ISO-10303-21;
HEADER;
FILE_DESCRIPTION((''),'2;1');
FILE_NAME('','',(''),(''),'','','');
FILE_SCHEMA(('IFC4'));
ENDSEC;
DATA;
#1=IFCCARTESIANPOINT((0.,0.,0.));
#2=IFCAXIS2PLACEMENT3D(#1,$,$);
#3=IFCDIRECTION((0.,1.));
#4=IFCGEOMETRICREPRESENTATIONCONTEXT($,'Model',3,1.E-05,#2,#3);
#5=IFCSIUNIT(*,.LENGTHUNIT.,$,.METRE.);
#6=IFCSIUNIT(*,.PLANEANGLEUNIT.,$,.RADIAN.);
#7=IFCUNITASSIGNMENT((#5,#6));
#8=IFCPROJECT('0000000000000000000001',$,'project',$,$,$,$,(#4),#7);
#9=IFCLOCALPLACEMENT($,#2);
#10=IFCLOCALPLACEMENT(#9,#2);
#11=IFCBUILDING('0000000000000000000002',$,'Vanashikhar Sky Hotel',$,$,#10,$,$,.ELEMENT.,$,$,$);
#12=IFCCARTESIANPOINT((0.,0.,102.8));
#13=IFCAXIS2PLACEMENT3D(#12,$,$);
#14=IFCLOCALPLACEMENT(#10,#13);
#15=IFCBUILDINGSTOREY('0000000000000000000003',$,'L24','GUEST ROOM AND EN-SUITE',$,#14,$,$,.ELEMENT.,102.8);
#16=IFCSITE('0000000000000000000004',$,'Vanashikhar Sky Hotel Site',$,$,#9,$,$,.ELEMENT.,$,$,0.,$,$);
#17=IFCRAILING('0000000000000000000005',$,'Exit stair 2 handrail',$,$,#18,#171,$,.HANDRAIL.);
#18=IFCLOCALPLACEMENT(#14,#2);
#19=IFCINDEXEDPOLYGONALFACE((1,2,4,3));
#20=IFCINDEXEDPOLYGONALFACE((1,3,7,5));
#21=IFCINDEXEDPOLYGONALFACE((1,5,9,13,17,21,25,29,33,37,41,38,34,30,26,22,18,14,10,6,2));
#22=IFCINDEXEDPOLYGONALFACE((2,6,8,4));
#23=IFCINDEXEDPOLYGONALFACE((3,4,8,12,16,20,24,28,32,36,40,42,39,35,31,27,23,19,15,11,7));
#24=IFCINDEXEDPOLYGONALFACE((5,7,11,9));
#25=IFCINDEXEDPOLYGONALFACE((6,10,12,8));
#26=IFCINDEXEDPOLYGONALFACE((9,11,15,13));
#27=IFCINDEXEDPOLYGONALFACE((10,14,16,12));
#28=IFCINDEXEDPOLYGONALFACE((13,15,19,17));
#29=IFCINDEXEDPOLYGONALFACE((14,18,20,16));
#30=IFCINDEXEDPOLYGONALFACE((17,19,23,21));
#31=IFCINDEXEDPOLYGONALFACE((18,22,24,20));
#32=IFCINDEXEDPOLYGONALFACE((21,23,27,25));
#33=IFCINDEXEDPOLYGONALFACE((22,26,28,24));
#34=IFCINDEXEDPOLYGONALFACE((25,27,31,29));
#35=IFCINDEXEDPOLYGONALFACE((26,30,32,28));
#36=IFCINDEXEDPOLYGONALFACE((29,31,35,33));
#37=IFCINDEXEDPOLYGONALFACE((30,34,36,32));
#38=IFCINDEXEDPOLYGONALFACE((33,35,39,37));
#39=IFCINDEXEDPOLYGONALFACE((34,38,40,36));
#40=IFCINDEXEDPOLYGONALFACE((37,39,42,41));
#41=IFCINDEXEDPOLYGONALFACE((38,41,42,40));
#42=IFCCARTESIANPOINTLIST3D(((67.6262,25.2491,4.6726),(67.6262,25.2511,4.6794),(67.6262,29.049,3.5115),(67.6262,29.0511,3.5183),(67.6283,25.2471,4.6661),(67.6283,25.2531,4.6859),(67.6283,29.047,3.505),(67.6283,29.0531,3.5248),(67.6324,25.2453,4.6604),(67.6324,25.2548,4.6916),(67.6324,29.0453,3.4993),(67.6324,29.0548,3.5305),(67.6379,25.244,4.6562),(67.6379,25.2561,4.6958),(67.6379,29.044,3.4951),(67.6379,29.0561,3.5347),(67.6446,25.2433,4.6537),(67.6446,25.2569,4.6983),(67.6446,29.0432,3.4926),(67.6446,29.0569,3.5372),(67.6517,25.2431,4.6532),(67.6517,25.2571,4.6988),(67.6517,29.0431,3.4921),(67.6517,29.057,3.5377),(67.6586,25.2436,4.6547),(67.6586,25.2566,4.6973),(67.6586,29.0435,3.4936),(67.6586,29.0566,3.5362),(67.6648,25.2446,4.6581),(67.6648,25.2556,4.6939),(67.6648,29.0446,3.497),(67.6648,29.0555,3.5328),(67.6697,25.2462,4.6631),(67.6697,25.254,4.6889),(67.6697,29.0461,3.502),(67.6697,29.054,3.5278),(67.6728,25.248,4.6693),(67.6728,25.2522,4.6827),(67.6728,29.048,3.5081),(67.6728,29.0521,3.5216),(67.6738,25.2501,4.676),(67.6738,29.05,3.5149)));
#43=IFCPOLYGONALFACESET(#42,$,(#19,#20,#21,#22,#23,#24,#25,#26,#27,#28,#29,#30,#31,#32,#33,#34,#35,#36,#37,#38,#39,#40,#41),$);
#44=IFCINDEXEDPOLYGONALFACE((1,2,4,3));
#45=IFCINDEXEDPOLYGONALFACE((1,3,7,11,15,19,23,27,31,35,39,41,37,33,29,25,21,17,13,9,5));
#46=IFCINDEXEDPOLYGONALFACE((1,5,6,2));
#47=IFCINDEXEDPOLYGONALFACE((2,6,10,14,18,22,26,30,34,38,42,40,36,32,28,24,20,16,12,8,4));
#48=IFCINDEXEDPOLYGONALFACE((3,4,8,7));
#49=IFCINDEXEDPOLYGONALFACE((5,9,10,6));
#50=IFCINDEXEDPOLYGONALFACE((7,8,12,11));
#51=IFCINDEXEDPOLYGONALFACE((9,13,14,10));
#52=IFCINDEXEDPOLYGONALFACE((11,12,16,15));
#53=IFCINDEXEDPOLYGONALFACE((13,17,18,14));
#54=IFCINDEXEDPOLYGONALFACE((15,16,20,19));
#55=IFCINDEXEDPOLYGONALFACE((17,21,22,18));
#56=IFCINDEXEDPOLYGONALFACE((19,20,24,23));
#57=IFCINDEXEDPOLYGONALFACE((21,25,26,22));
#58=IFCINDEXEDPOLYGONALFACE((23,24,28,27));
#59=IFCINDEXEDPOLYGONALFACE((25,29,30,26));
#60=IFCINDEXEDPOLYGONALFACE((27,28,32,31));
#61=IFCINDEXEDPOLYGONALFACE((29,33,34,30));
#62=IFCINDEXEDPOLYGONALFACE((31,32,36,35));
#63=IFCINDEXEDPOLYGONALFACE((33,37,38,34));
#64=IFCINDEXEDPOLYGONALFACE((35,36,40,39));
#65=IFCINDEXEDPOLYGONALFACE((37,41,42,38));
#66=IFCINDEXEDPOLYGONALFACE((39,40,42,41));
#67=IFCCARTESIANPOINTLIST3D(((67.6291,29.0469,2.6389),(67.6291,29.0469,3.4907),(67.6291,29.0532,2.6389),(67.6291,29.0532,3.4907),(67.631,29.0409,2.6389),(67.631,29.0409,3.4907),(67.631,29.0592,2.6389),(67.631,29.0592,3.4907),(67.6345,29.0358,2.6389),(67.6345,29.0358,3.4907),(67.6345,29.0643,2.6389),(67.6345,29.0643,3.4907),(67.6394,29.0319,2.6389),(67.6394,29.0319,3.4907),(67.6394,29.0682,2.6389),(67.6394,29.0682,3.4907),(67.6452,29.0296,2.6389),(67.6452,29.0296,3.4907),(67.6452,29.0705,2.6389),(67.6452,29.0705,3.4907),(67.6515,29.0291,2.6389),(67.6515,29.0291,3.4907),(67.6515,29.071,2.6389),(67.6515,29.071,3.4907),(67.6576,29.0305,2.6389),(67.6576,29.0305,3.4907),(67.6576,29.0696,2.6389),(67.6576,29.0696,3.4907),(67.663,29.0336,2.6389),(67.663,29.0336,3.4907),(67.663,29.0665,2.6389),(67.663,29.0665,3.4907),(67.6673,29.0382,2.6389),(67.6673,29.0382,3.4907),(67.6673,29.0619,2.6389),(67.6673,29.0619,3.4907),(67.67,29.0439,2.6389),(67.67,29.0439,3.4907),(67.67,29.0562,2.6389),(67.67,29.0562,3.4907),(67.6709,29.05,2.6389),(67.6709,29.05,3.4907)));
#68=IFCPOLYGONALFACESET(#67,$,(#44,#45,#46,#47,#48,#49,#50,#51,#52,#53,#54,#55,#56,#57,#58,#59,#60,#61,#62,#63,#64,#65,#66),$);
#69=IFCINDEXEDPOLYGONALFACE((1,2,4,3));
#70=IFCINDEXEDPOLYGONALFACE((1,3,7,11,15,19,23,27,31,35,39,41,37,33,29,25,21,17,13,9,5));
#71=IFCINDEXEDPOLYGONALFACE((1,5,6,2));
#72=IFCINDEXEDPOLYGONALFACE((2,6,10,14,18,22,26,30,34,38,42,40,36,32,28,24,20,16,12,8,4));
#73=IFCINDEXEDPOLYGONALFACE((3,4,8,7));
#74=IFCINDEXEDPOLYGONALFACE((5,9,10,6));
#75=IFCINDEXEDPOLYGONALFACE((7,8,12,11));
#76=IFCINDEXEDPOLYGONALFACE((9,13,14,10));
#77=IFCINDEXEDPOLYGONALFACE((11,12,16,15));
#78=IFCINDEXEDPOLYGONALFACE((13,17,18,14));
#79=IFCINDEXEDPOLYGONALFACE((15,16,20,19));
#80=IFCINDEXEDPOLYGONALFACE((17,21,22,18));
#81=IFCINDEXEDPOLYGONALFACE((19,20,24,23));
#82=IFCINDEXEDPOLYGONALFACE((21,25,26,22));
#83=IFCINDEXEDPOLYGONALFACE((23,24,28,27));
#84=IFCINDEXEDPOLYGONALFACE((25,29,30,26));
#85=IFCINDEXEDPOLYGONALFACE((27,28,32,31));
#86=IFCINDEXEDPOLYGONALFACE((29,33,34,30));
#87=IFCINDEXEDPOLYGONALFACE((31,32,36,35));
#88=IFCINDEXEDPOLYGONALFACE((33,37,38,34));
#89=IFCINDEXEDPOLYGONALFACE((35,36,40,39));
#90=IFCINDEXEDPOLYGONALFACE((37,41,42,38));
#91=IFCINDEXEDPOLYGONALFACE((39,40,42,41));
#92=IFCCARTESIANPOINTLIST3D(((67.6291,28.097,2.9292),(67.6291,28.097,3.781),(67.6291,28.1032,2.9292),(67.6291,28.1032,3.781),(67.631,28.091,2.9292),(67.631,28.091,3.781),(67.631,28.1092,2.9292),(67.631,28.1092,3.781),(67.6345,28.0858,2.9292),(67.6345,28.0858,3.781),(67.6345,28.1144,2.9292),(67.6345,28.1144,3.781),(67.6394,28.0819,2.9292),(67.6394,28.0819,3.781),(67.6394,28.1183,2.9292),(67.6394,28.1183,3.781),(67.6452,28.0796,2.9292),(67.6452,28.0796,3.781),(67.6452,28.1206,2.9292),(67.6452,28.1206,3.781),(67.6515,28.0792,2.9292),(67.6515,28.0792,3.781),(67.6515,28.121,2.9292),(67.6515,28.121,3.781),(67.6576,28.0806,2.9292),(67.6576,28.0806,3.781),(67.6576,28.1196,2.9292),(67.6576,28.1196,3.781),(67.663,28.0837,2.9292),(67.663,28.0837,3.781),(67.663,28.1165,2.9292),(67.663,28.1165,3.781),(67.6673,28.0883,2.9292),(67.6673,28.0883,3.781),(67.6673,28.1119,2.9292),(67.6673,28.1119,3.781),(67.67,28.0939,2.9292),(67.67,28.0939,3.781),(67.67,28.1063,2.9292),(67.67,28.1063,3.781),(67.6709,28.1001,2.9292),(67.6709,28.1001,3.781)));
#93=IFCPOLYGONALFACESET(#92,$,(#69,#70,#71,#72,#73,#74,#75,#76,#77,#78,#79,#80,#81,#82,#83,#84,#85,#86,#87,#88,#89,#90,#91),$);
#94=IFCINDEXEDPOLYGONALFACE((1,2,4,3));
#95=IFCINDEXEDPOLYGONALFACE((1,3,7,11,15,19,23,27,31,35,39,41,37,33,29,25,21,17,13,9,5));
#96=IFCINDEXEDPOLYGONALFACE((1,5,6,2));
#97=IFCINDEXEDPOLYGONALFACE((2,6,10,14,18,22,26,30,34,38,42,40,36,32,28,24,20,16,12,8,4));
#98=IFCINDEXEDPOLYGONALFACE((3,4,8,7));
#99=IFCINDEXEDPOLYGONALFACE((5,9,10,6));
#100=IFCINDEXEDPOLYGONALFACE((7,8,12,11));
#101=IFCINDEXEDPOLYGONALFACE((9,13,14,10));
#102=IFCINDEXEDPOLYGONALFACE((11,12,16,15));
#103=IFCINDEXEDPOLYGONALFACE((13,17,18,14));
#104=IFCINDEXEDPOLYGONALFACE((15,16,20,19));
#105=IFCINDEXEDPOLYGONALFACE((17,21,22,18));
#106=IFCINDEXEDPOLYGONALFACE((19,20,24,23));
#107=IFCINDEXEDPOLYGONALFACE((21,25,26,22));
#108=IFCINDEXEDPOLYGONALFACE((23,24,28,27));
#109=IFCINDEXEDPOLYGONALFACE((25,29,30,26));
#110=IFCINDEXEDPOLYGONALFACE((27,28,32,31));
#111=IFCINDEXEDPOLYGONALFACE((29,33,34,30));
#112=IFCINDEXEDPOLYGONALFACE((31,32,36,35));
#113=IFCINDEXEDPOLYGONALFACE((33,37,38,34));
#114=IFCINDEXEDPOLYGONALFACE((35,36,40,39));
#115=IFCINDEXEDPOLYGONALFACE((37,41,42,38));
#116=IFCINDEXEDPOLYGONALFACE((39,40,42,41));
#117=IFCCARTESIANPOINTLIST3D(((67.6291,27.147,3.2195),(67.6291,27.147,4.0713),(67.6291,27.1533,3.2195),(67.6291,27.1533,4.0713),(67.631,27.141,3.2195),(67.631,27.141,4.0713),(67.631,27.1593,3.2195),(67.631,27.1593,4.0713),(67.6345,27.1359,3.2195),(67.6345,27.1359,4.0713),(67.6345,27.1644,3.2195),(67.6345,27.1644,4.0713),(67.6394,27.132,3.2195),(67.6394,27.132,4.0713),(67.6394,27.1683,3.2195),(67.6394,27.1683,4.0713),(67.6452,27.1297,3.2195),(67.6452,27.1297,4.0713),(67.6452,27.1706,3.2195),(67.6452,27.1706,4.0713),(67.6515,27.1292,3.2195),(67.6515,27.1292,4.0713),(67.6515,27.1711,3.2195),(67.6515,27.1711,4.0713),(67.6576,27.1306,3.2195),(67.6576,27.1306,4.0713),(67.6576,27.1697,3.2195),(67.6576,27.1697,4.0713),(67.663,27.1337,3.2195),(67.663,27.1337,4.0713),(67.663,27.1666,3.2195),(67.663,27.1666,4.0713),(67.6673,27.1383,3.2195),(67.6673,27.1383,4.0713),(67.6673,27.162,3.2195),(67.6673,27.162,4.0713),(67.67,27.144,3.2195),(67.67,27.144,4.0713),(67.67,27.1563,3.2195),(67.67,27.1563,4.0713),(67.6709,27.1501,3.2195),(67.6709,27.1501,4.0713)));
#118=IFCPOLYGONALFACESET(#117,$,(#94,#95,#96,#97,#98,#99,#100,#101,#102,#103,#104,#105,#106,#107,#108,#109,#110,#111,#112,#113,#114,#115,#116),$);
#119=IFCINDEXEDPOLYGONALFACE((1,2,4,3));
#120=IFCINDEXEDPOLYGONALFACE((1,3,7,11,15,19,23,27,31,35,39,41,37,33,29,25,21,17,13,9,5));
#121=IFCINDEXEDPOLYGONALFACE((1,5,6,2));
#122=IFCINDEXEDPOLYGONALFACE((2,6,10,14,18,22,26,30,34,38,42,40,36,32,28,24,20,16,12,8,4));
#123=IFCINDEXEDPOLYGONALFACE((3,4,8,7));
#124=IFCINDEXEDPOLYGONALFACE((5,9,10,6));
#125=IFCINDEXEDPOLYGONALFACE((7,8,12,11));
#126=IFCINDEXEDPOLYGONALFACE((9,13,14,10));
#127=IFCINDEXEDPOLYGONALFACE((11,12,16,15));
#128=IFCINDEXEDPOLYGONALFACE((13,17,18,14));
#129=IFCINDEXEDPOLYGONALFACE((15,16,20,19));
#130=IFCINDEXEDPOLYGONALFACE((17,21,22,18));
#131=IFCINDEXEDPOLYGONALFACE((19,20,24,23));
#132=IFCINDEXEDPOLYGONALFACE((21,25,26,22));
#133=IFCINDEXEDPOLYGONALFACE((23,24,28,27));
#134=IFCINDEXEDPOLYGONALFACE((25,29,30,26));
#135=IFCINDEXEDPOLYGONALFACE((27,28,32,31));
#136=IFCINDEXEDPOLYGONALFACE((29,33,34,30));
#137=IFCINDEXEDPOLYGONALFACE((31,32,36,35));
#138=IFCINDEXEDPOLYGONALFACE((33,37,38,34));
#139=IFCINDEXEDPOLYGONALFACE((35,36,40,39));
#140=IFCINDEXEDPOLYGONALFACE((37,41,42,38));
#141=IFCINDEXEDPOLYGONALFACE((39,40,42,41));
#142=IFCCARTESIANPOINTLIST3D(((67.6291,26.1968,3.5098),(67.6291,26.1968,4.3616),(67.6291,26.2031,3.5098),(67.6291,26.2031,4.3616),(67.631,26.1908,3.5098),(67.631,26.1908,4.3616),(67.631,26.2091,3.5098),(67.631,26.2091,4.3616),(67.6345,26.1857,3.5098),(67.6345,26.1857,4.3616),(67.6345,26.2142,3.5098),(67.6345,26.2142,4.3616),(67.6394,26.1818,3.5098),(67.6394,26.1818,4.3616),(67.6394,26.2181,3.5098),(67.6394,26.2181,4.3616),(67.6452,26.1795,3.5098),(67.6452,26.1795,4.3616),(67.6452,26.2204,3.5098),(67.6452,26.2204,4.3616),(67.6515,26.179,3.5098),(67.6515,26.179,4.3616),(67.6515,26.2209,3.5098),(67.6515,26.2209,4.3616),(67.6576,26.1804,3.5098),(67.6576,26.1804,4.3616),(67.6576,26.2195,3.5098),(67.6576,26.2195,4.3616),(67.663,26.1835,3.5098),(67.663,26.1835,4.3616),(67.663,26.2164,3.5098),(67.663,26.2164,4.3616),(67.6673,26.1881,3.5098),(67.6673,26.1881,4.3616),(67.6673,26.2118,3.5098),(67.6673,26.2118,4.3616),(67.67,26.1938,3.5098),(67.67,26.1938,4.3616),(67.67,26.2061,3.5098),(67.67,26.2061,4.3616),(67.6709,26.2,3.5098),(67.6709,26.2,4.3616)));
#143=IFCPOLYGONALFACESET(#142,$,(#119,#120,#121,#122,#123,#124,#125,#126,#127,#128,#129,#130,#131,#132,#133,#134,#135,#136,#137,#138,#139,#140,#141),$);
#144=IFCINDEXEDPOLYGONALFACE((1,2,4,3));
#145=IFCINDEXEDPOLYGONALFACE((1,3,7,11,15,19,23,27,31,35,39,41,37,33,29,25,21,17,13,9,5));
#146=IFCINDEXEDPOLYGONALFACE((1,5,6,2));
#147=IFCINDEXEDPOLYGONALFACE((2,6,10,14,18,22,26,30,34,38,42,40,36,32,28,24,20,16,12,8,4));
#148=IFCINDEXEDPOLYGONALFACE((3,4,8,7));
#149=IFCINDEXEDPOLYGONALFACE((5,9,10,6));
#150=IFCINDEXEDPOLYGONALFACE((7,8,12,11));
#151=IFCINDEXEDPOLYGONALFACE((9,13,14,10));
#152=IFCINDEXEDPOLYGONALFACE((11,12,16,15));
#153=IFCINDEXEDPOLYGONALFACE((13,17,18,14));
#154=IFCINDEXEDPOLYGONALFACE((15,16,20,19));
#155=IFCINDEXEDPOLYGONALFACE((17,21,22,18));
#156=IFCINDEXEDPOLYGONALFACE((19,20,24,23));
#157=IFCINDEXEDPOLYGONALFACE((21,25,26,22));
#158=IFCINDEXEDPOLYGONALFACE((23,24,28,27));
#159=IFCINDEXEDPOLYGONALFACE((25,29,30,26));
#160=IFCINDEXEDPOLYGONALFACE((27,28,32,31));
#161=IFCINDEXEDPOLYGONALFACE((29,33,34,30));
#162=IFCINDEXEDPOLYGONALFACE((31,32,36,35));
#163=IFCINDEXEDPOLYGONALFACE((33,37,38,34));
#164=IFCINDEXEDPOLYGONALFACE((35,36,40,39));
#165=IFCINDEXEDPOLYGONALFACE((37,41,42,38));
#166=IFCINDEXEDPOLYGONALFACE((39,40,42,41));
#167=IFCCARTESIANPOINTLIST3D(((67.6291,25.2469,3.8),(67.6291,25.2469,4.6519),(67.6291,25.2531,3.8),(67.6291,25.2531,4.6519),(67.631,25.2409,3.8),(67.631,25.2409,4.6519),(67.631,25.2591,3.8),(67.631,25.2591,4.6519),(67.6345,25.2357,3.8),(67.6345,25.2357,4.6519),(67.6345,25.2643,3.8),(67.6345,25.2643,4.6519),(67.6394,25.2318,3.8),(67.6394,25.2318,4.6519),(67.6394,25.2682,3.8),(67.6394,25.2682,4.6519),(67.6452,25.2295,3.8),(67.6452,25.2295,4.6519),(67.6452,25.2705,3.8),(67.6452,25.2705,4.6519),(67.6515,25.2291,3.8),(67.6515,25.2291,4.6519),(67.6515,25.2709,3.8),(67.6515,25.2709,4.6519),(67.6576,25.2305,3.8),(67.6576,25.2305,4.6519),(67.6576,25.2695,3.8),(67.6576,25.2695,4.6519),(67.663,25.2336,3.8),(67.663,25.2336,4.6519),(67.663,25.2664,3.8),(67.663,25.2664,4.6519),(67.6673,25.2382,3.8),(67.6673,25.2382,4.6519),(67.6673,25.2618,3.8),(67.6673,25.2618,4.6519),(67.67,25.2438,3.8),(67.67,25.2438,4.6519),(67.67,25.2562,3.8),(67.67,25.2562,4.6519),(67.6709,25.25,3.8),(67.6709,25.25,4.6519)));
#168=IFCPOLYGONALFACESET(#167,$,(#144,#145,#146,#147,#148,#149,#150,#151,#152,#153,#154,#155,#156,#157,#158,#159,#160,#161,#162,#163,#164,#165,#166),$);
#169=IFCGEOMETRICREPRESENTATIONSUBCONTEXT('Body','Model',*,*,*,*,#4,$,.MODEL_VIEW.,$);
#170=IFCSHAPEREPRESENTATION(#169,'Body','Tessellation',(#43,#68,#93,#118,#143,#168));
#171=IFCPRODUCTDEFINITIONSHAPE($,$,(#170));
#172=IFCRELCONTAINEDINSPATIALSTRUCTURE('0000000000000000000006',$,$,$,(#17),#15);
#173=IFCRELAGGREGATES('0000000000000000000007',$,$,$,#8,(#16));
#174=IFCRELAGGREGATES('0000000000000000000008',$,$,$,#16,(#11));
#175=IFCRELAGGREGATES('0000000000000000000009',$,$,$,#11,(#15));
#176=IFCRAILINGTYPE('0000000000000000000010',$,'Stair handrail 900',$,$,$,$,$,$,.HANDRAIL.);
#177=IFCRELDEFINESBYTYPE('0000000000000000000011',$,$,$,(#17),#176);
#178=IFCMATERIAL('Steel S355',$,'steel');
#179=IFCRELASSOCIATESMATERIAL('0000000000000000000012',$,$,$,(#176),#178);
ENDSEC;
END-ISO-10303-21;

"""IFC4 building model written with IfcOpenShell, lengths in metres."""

from ifc_helpers import new_model, si_unit, direction, frame, origin, origin_2d, place, context, subcontext, project, spatial, circle, extrude, source, transform, mapped, material, type_object, element, save


model = new_model("IFC4")

# Units and contexts
model_context = context("Model", 3, precision=1e-05, world=origin(), true_north=direction((0.0, 1.0)))
body_context = subcontext(model_context, "Body", "Model", "MODEL_VIEW")
ifc_project = project(units=[si_unit("LENGTHUNIT", "METRE"), si_unit("PLANEANGLEUNIT", "RADIAN")], contexts=[model_context])

# Site, building, storey
site_placement = place(None, origin())
site = spatial("IfcSite", under=ifc_project, at=site_placement, Name="Vanashikhar Sky Hotel Site", CompositionType="ELEMENT", RefElevation=0.0)
building_placement = place(site_placement, origin())
building = spatial("IfcBuilding", under=site, at=building_placement, Name="Vanashikhar Sky Hotel", CompositionType="ELEMENT")
storey_placement = place(building_placement, frame((0.0, 0.0, 102.8)))
storey = spatial("IfcBuildingStorey", under=building, at=storey_placement, Name="L24", Description="GUEST ROOM AND EN-SUITE", CompositionType="ELEMENT", Elevation=102.8)

# Railing
ifc_material_1 = material(Name="Steel S355", Category="steel")
railing_type_1 = type_object("IfcRailingType", Name="Stair handrail 900", PredefinedType="HANDRAIL", material=ifc_material_1)
shared_shape_1 = source(origin(), body_context, "Body", "SweptSolid", [
    extrude(circle(Radius=0.0239, at=origin_2d()), frame((0.0, 0.0, 0.876), z_axis=(0.0, -0.956351, 0.29222), x_axis=(1.0, 0.0, 0.0)), (0.0, 0.0, 1.0), 3.9734),
    extrude(circle(Radius=0.021, at=origin_2d()), origin(), (0.0, 0.0, 1.0), 0.8518),
    extrude(circle(Radius=0.021, at=origin_2d()), frame((0.0, -0.95, 0.2903)), (0.0, 0.0, 1.0), 0.8518),
    extrude(circle(Radius=0.021, at=origin_2d()), frame((0.0, -1.8999, 0.5806)), (0.0, 0.0, 1.0), 0.8518),
    extrude(circle(Radius=0.021, at=origin_2d()), frame((0.0, -2.8501, 0.8708)), (0.0, 0.0, 1.0), 0.8518),
    extrude(circle(Radius=0.021, at=origin_2d()), frame((0.0, -3.8, 1.1611)), (0.0, 0.0, 1.0), 0.8518),
])
for number, where, name in (
    (1, (67.6499, 29.05, 2.6389), "Exit stair 2 handrail"),
):
    element("IfcRailing", number, at=place(storey_placement, frame(where)), inside=storey, type_object=railing_type_1, Name=name, PredefinedType="HANDRAIL", context=body_context, shape_type="MappedRepresentation", body=[
        mapped(shared_shape_1, transform((0.0, 0.0, 0.0), scale=1.0)),
    ])

save(model, "model.ifc")
